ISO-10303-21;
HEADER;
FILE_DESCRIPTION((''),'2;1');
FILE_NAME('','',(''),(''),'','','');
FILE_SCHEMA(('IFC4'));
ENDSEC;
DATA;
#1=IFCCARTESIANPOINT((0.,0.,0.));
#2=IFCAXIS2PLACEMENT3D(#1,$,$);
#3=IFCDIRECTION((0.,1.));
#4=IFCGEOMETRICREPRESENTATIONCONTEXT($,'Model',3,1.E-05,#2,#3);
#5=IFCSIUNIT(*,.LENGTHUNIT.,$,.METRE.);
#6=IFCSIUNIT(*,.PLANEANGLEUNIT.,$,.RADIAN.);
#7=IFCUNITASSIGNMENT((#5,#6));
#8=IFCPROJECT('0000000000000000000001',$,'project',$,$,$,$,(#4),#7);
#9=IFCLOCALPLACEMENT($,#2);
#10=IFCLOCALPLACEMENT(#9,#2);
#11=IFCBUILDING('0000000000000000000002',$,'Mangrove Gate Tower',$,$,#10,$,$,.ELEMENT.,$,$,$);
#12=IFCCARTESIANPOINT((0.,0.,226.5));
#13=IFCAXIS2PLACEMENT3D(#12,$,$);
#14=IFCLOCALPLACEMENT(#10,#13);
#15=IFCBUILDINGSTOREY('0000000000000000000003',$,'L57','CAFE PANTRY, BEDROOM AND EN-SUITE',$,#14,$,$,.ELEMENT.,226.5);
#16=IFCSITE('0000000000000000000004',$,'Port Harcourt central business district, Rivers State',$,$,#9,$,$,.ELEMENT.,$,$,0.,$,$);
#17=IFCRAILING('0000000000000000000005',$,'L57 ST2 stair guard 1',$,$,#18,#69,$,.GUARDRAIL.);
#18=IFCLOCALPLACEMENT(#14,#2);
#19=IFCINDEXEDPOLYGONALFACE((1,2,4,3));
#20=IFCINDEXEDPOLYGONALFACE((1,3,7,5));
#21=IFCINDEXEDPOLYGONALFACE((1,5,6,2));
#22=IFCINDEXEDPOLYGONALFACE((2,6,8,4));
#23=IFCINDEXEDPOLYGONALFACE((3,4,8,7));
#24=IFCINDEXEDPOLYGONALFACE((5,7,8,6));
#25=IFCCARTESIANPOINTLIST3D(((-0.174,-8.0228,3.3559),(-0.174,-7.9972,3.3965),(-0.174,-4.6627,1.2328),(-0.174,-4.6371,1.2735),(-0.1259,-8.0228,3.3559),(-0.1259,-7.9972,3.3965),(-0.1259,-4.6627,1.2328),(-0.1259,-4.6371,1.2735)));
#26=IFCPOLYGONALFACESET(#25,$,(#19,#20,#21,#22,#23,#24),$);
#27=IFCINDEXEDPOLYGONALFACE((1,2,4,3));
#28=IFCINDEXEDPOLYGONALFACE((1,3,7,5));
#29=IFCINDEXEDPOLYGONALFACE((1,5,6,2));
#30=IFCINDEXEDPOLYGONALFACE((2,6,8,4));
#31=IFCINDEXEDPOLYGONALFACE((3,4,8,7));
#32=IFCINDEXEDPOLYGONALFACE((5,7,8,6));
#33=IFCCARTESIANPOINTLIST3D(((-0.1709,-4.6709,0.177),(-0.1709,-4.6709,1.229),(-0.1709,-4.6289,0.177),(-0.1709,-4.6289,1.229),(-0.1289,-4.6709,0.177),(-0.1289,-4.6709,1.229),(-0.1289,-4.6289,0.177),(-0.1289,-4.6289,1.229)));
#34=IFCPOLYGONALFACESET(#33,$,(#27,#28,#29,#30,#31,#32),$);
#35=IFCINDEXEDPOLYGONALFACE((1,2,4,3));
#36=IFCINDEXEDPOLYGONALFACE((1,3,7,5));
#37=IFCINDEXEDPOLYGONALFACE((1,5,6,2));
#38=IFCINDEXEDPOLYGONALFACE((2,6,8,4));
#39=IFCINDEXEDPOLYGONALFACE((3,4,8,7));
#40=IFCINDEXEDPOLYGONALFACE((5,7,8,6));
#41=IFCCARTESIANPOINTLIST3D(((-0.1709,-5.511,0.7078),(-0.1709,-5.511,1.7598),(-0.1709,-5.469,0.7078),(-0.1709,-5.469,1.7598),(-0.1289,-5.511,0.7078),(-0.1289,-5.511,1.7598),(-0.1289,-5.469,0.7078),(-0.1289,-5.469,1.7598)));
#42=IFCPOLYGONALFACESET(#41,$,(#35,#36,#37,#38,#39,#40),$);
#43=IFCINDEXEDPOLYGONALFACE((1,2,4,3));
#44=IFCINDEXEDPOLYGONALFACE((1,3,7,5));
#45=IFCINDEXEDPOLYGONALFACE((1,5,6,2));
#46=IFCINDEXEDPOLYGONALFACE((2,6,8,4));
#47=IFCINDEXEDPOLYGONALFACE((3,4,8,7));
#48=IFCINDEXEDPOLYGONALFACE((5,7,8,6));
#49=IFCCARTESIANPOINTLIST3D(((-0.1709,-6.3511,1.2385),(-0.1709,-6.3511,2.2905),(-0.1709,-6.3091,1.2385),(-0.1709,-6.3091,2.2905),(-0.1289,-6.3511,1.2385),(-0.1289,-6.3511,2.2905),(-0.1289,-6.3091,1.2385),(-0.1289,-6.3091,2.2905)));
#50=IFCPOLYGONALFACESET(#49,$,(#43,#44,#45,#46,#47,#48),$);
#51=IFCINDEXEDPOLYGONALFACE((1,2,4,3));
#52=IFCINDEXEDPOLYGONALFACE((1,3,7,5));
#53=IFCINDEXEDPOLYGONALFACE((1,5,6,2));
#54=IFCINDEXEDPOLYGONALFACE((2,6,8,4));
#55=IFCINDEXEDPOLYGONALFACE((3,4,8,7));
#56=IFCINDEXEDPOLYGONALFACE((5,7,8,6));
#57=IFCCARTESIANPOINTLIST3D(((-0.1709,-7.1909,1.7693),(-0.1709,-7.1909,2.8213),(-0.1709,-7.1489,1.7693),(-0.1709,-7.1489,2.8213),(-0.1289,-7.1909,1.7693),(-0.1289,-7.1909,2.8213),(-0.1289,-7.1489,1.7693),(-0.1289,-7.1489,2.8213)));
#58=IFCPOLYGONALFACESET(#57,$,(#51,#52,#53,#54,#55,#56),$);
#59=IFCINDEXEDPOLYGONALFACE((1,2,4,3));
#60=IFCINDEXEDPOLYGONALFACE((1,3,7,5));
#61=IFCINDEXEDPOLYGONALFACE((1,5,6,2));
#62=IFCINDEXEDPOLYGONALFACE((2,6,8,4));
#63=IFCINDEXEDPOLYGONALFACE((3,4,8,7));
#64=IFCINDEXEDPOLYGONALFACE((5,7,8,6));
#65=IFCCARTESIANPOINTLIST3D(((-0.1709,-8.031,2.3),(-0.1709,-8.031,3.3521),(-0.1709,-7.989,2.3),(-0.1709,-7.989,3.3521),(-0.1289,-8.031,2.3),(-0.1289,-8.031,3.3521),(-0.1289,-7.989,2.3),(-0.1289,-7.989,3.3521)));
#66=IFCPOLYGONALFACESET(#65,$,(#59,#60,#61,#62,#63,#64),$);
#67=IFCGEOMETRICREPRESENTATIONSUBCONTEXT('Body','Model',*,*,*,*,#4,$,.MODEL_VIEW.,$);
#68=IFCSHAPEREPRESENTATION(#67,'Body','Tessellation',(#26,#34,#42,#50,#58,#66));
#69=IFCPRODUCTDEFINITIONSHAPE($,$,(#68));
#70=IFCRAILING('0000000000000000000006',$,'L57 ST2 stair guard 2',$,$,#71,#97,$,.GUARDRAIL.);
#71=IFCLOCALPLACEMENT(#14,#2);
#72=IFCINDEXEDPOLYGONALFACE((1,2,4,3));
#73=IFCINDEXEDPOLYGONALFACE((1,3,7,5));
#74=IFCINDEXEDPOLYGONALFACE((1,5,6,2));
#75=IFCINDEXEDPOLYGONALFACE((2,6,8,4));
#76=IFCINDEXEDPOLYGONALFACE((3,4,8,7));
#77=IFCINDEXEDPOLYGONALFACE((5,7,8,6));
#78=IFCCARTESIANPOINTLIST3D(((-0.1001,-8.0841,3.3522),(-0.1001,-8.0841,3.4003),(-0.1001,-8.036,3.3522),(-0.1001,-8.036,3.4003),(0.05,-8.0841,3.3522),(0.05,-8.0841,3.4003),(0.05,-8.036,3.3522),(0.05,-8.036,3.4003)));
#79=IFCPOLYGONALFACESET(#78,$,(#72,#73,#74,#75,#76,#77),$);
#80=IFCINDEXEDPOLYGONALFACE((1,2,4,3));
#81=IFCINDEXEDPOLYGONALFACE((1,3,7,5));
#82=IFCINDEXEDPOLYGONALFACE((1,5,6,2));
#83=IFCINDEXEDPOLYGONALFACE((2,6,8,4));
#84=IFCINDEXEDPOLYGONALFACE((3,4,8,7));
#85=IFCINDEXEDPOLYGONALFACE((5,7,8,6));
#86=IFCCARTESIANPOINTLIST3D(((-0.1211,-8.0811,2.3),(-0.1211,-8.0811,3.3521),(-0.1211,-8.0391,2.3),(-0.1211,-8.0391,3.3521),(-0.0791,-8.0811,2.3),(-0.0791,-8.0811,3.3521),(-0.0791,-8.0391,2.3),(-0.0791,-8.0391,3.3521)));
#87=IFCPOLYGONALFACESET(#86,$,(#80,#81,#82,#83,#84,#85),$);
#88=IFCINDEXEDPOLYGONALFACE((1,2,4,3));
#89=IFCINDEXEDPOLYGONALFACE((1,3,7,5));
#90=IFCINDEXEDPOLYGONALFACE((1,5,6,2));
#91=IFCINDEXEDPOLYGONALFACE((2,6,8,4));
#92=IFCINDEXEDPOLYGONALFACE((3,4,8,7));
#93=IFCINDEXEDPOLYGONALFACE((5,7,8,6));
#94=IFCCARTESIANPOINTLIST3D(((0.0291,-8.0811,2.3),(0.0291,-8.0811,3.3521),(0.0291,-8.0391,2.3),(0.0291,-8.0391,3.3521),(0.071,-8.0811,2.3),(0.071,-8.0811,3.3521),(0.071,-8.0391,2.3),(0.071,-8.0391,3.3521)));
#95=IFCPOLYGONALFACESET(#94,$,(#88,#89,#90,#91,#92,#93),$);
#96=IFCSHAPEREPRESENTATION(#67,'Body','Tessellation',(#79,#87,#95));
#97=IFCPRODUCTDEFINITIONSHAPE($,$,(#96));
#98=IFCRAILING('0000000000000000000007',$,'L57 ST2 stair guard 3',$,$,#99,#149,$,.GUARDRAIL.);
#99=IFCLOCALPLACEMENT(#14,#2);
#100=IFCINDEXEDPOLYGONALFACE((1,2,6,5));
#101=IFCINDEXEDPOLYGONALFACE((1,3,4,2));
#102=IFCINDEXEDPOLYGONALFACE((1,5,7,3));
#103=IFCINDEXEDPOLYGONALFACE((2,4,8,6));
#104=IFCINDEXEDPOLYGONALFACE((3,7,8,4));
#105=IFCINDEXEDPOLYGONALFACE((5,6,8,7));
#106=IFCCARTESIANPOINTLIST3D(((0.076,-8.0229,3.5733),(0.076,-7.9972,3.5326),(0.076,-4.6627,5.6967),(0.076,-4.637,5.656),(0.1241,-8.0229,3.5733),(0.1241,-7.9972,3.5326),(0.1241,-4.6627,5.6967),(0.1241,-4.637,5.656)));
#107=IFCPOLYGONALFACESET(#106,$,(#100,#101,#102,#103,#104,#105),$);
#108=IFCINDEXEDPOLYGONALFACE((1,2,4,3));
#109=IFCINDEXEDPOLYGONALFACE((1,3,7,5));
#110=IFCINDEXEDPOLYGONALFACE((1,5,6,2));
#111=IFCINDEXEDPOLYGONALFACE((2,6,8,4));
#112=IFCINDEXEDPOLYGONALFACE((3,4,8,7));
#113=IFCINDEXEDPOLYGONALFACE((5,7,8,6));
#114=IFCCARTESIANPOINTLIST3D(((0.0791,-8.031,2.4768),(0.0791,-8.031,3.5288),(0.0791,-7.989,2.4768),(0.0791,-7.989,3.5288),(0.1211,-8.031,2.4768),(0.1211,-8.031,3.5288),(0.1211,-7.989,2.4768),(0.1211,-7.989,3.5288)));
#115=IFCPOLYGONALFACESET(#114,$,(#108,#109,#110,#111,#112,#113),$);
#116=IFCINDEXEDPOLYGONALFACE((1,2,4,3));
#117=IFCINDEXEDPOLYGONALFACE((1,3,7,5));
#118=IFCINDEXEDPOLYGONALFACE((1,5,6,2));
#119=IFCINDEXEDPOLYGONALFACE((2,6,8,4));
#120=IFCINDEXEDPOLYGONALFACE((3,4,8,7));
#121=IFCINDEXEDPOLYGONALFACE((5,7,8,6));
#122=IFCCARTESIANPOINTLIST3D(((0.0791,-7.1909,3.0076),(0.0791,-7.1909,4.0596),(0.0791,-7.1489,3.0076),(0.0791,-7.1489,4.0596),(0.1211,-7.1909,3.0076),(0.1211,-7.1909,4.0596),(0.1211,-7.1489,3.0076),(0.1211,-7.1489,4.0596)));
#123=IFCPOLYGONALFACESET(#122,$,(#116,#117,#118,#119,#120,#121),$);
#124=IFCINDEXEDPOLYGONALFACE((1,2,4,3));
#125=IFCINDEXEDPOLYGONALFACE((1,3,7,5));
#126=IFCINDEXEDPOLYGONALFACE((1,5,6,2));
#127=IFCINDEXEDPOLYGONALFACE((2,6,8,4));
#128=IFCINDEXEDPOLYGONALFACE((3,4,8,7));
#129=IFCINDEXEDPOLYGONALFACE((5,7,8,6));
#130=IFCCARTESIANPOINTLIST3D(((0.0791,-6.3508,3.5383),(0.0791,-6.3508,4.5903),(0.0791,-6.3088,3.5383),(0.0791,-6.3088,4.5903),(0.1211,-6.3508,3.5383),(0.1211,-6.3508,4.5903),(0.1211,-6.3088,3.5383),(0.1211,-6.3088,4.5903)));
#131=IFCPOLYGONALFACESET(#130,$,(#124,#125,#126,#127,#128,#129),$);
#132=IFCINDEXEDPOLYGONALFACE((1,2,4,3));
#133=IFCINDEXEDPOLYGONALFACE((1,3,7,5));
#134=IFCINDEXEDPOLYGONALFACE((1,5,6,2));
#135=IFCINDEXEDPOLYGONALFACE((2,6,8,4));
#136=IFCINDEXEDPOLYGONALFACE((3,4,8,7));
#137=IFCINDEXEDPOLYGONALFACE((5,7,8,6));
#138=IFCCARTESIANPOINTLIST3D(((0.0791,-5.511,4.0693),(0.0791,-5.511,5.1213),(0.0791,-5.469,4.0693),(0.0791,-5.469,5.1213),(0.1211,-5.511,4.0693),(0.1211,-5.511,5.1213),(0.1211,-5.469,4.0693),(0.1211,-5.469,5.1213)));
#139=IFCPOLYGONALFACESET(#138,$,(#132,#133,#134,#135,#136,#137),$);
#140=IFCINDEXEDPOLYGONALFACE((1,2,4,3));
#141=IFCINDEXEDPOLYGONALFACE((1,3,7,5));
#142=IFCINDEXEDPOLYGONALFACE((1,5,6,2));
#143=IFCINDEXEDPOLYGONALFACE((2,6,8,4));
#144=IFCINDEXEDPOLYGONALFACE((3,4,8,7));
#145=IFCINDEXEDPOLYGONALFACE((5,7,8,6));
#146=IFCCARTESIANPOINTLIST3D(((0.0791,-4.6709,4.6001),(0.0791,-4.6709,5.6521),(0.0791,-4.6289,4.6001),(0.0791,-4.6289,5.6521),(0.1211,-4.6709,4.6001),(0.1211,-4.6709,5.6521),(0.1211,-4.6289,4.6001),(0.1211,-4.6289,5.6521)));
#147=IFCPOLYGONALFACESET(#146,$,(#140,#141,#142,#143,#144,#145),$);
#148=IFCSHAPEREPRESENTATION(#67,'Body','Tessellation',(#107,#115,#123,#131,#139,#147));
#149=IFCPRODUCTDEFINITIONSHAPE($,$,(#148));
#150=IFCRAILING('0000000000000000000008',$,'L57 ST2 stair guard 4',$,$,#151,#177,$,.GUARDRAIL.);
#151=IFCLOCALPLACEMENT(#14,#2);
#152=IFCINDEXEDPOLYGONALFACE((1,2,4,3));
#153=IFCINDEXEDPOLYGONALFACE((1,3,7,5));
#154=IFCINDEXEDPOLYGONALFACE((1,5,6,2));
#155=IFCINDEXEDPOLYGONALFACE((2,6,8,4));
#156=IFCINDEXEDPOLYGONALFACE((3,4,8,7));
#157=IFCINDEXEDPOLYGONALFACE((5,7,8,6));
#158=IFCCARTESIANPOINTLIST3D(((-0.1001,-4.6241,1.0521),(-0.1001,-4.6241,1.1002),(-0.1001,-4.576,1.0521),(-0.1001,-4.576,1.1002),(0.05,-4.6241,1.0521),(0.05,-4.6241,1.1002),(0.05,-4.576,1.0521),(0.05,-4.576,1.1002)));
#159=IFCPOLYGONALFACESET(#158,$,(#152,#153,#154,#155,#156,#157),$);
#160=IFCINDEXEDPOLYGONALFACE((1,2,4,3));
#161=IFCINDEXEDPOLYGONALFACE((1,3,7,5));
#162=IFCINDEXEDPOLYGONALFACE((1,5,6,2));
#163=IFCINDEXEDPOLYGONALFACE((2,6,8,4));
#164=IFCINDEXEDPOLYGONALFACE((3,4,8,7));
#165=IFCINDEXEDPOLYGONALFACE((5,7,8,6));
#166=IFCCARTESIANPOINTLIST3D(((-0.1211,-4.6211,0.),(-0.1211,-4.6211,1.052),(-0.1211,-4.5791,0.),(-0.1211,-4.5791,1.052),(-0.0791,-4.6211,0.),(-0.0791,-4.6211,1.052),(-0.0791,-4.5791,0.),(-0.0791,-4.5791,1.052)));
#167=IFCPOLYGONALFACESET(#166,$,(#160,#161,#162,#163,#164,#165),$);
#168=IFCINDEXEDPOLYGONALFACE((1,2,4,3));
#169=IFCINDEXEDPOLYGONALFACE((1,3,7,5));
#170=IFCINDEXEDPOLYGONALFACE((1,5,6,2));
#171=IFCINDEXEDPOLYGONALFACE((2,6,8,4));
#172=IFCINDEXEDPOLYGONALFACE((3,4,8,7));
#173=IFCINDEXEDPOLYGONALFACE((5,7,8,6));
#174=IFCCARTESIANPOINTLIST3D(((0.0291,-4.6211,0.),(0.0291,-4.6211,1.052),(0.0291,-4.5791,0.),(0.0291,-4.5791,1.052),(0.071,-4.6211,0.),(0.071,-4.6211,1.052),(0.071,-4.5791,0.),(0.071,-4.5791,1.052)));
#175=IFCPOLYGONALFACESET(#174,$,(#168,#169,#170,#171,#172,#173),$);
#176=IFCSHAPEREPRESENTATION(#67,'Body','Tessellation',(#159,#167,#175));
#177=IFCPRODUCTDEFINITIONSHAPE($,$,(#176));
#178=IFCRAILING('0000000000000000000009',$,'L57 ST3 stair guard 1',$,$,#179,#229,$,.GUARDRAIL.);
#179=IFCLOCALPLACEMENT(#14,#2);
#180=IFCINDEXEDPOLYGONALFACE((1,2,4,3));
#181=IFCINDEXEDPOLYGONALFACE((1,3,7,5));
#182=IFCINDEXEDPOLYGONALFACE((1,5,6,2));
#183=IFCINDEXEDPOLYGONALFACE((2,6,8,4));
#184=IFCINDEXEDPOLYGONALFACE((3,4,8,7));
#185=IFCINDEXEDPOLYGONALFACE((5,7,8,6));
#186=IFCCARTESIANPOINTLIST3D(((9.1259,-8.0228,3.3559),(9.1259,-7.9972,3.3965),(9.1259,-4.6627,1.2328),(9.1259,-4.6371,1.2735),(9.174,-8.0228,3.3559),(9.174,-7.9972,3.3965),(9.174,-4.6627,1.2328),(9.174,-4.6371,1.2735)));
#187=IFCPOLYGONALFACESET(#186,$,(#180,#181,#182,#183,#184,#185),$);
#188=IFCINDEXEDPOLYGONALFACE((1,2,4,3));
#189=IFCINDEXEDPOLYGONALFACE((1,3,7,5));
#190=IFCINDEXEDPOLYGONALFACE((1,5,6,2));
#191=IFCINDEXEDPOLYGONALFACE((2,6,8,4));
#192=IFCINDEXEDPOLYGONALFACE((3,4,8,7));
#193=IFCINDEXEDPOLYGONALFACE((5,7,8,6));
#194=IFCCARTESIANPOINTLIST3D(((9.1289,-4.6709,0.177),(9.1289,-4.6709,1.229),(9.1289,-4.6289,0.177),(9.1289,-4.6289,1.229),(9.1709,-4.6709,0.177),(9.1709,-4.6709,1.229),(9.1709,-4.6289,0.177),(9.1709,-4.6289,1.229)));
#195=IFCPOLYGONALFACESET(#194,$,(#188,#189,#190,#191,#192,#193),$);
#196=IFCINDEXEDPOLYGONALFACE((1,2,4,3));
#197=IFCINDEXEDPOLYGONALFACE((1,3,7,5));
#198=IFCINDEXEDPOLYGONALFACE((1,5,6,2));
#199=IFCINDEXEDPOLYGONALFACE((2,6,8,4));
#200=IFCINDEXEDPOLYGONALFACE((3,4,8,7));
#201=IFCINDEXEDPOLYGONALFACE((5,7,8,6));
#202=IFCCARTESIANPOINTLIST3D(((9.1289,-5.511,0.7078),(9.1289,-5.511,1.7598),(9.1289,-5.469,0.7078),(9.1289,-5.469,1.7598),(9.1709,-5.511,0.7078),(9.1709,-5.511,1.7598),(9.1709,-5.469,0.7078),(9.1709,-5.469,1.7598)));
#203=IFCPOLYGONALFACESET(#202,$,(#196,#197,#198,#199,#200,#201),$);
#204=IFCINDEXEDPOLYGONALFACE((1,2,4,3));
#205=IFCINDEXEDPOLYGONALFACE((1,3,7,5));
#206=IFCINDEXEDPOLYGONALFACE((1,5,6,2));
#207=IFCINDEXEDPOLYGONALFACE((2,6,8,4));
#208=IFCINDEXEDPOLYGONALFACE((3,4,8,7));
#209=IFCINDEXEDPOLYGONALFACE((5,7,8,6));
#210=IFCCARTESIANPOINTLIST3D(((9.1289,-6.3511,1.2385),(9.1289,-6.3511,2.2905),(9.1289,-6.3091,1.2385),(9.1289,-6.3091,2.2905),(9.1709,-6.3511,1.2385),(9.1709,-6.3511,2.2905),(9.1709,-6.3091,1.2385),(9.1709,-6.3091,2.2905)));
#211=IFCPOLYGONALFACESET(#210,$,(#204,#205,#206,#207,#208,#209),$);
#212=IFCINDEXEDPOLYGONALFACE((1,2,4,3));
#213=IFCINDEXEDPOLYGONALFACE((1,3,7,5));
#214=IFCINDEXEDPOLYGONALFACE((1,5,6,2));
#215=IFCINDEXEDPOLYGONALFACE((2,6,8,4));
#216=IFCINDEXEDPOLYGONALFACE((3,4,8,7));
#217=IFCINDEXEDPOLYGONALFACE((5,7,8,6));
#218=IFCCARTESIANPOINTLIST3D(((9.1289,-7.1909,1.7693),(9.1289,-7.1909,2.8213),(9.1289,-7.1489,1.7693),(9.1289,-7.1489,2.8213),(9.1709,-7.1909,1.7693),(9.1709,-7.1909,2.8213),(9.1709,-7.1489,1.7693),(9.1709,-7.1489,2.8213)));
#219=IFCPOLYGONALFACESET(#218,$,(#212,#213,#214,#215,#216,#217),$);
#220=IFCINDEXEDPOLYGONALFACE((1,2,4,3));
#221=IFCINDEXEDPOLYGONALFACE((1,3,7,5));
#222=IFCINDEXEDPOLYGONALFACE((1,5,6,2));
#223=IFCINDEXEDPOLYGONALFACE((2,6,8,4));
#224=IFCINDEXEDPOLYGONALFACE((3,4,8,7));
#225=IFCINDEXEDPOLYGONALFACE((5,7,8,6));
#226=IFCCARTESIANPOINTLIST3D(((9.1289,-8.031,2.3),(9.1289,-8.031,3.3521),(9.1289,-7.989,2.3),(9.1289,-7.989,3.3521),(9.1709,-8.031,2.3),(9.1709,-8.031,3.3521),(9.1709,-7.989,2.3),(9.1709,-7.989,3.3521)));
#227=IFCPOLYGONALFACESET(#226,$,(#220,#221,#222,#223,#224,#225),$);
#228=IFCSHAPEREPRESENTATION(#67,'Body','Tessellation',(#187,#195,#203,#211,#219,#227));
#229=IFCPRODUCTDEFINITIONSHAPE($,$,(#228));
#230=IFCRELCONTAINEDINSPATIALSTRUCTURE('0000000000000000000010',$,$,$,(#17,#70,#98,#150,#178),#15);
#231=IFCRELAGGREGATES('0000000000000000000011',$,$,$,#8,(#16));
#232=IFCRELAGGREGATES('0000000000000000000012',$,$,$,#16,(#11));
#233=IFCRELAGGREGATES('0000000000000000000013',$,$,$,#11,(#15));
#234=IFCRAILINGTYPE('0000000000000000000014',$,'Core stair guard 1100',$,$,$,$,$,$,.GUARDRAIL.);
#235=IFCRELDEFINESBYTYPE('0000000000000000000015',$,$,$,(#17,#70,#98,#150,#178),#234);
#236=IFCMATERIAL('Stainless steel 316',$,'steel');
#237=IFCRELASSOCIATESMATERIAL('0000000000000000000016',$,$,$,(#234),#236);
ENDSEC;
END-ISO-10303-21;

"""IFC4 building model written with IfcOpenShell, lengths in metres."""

from ifc_helpers import new_model, si_unit, direction, frame, origin, origin_2d, place, context, subcontext, project, spatial, rectangle, extrude, material, type_object, element, save


model = new_model("IFC4")

# Units and contexts
model_context = context("Model", 3, precision=1e-05, world=origin(), true_north=direction((0.0, 1.0)))
body_context = subcontext(model_context, "Body", "Model", "MODEL_VIEW")
ifc_project = project(units=[si_unit("LENGTHUNIT", "METRE"), si_unit("PLANEANGLEUNIT", "RADIAN")], contexts=[model_context])

# Site, building, storey
site_placement = place(None, origin())
site = spatial("IfcSite", under=ifc_project, at=site_placement, Name="Port Harcourt central business district, Rivers State", CompositionType="ELEMENT", RefElevation=0.0)
building_placement = place(site_placement, origin())
building = spatial("IfcBuilding", under=site, at=building_placement, Name="Mangrove Gate Tower", CompositionType="ELEMENT")
storey_placement = place(building_placement, frame((0.0, 0.0, 226.5)))
storey = spatial("IfcBuildingStorey", under=building, at=storey_placement, Name="L57", Description="CAFE PANTRY, BEDROOM AND EN-SUITE", CompositionType="ELEMENT", Elevation=226.5)

# Railings
ifc_material_1 = material(Name="Stainless steel 316", Category="steel")
railing_type_1 = type_object("IfcRailingType", Name="Core stair guard 1100", PredefinedType="GUARDRAIL", material=ifc_material_1)
railing_1_placement = place(storey_placement, frame((-0.1499, -4.6499, 0.177)))
element("IfcRailing", 1, at=railing_1_placement, inside=storey, type_object=railing_type_1, Name="L57 ST2 stair guard 1", PredefinedType="GUARDRAIL", context=body_context, shape_type="SweptSolid", body=[
    extrude(rectangle(XDim=0.0481, YDim=0.0481, at=origin_2d()), frame((0.0, 0.0, 1.0762), z_axis=(0.0, -0.84539, 0.53415), x_axis=(1.0, 0.0, 0.0)), (0.0, 0.0, 1.0), 3.9746),
    extrude(rectangle(XDim=0.042, YDim=0.042, at=origin_2d()), origin(), (0.0, 0.0, 1.0), 1.052),
    extrude(rectangle(XDim=0.042, YDim=0.042, at=origin_2d()), frame((0.0, -0.8401, 0.5308)), (0.0, 0.0, 1.0), 1.052),
    extrude(rectangle(XDim=0.042, YDim=0.042, at=origin_2d()), frame((0.0, -1.6802, 1.0615)), (0.0, 0.0, 1.0), 1.052),
    extrude(rectangle(XDim=0.042, YDim=0.042, at=origin_2d()), frame((0.0, -2.52, 1.5923)), (0.0, 0.0, 1.0), 1.052),
    extrude(rectangle(XDim=0.042, YDim=0.042, at=origin_2d()), frame((0.0, -3.3601, 2.123)), (0.0, 0.0, 1.0), 1.052),
])
railing_2_placement = place(storey_placement, frame((-0.1001, -8.0601, 2.3)))
element("IfcRailing", 2, at=railing_2_placement, inside=storey, type_object=railing_type_1, Name="L57 ST2 stair guard 2", PredefinedType="GUARDRAIL", context=body_context, shape_type="SweptSolid", body=[
    extrude(rectangle(XDim=0.0481, YDim=0.0481, at=origin_2d()), frame((0.0, 0.0, 1.0762), z_axis=(1.0, 0.0, 0.0), x_axis=(0.0, 1.0, 0.0)), (0.0, 0.0, 1.0), 0.1501),
    extrude(rectangle(XDim=0.042, YDim=0.042, at=origin_2d()), origin(), (0.0, 0.0, 1.0), 1.052),
    extrude(rectangle(XDim=0.042, YDim=0.042, at=origin_2d()), frame((0.1501, 0.0, 0.0)), (0.0, 0.0, 1.0), 1.052),
])
railing_3_placement = place(storey_placement, frame((0.1001, -8.01, 2.4768)))
element("IfcRailing", 3, at=railing_3_placement, inside=storey, type_object=railing_type_1, Name="L57 ST2 stair guard 3", PredefinedType="GUARDRAIL", context=body_context, shape_type="SweptSolid", body=[
    extrude(rectangle(XDim=0.0481, YDim=0.0481, at=origin_2d()), frame((0.0, 0.0, 1.0762), z_axis=(0.0, 0.845362, 0.534194), x_axis=(-1.0, 0.0, 0.0)), (0.0, 0.0, 1.0), 3.9749),
    extrude(rectangle(XDim=0.042, YDim=0.042, at=origin_2d()), origin(), (0.0, 0.0, 1.0), 1.052),
    extrude(rectangle(XDim=0.042, YDim=0.042, at=origin_2d()), frame((0.0, 0.8401, 0.5308)), (0.0, 0.0, 1.0), 1.052),
    extrude(rectangle(XDim=0.042, YDim=0.042, at=origin_2d()), frame((0.0, 1.6802, 1.0615)), (0.0, 0.0, 1.0), 1.052),
    extrude(rectangle(XDim=0.042, YDim=0.042, at=origin_2d()), frame((0.0, 2.52, 1.5925)), (0.0, 0.0, 1.0), 1.052),
    extrude(rectangle(XDim=0.042, YDim=0.042, at=origin_2d()), frame((0.0, 3.3601, 2.1233)), (0.0, 0.0, 1.0), 1.052),
])
railing_4_placement = place(storey_placement, frame((-0.1001, -4.6001, 0.0)))
element("IfcRailing", 4, at=railing_4_placement, inside=storey, type_object=railing_type_1, Name="L57 ST2 stair guard 4", PredefinedType="GUARDRAIL", context=body_context, shape_type="SweptSolid", body=[
    extrude(rectangle(XDim=0.0481, YDim=0.0481, at=origin_2d()), frame((0.0, 0.0, 1.0762), z_axis=(1.0, 0.0, 0.0), x_axis=(0.0, 1.0, 0.0)), (0.0, 0.0, 1.0), 0.1501),
    extrude(rectangle(XDim=0.042, YDim=0.042, at=origin_2d()), origin(), (0.0, 0.0, 1.0), 1.052),
    extrude(rectangle(XDim=0.042, YDim=0.042, at=origin_2d()), frame((0.1501, 0.0, 0.0)), (0.0, 0.0, 1.0), 1.052),
])
railing_5_placement = place(storey_placement, frame((9.1499, -4.6499, 0.177)))
element("IfcRailing", 5, at=railing_5_placement, inside=storey, type_object=railing_type_1, Name="L57 ST3 stair guard 1", PredefinedType="GUARDRAIL", context=body_context, shape_type="SweptSolid", body=[
    extrude(rectangle(XDim=0.0481, YDim=0.0481, at=origin_2d()), frame((0.0, 0.0, 1.0762), z_axis=(0.0, -0.84539, 0.53415), x_axis=(1.0, 0.0, 0.0)), (0.0, 0.0, 1.0), 3.9746),
    extrude(rectangle(XDim=0.042, YDim=0.042, at=origin_2d()), origin(), (0.0, 0.0, 1.0), 1.052),
    extrude(rectangle(XDim=0.042, YDim=0.042, at=origin_2d()), frame((0.0, -0.8401, 0.5308)), (0.0, 0.0, 1.0), 1.052),
    extrude(rectangle(XDim=0.042, YDim=0.042, at=origin_2d()), frame((0.0, -1.6802, 1.0615)), (0.0, 0.0, 1.0), 1.052),
    extrude(rectangle(XDim=0.042, YDim=0.042, at=origin_2d()), frame((0.0, -2.52, 1.5923)), (0.0, 0.0, 1.0), 1.052),
    extrude(rectangle(XDim=0.042, YDim=0.042, at=origin_2d()), frame((0.0, -3.3601, 2.123)), (0.0, 0.0, 1.0), 1.052),
])

save(model, "model.ifc")
